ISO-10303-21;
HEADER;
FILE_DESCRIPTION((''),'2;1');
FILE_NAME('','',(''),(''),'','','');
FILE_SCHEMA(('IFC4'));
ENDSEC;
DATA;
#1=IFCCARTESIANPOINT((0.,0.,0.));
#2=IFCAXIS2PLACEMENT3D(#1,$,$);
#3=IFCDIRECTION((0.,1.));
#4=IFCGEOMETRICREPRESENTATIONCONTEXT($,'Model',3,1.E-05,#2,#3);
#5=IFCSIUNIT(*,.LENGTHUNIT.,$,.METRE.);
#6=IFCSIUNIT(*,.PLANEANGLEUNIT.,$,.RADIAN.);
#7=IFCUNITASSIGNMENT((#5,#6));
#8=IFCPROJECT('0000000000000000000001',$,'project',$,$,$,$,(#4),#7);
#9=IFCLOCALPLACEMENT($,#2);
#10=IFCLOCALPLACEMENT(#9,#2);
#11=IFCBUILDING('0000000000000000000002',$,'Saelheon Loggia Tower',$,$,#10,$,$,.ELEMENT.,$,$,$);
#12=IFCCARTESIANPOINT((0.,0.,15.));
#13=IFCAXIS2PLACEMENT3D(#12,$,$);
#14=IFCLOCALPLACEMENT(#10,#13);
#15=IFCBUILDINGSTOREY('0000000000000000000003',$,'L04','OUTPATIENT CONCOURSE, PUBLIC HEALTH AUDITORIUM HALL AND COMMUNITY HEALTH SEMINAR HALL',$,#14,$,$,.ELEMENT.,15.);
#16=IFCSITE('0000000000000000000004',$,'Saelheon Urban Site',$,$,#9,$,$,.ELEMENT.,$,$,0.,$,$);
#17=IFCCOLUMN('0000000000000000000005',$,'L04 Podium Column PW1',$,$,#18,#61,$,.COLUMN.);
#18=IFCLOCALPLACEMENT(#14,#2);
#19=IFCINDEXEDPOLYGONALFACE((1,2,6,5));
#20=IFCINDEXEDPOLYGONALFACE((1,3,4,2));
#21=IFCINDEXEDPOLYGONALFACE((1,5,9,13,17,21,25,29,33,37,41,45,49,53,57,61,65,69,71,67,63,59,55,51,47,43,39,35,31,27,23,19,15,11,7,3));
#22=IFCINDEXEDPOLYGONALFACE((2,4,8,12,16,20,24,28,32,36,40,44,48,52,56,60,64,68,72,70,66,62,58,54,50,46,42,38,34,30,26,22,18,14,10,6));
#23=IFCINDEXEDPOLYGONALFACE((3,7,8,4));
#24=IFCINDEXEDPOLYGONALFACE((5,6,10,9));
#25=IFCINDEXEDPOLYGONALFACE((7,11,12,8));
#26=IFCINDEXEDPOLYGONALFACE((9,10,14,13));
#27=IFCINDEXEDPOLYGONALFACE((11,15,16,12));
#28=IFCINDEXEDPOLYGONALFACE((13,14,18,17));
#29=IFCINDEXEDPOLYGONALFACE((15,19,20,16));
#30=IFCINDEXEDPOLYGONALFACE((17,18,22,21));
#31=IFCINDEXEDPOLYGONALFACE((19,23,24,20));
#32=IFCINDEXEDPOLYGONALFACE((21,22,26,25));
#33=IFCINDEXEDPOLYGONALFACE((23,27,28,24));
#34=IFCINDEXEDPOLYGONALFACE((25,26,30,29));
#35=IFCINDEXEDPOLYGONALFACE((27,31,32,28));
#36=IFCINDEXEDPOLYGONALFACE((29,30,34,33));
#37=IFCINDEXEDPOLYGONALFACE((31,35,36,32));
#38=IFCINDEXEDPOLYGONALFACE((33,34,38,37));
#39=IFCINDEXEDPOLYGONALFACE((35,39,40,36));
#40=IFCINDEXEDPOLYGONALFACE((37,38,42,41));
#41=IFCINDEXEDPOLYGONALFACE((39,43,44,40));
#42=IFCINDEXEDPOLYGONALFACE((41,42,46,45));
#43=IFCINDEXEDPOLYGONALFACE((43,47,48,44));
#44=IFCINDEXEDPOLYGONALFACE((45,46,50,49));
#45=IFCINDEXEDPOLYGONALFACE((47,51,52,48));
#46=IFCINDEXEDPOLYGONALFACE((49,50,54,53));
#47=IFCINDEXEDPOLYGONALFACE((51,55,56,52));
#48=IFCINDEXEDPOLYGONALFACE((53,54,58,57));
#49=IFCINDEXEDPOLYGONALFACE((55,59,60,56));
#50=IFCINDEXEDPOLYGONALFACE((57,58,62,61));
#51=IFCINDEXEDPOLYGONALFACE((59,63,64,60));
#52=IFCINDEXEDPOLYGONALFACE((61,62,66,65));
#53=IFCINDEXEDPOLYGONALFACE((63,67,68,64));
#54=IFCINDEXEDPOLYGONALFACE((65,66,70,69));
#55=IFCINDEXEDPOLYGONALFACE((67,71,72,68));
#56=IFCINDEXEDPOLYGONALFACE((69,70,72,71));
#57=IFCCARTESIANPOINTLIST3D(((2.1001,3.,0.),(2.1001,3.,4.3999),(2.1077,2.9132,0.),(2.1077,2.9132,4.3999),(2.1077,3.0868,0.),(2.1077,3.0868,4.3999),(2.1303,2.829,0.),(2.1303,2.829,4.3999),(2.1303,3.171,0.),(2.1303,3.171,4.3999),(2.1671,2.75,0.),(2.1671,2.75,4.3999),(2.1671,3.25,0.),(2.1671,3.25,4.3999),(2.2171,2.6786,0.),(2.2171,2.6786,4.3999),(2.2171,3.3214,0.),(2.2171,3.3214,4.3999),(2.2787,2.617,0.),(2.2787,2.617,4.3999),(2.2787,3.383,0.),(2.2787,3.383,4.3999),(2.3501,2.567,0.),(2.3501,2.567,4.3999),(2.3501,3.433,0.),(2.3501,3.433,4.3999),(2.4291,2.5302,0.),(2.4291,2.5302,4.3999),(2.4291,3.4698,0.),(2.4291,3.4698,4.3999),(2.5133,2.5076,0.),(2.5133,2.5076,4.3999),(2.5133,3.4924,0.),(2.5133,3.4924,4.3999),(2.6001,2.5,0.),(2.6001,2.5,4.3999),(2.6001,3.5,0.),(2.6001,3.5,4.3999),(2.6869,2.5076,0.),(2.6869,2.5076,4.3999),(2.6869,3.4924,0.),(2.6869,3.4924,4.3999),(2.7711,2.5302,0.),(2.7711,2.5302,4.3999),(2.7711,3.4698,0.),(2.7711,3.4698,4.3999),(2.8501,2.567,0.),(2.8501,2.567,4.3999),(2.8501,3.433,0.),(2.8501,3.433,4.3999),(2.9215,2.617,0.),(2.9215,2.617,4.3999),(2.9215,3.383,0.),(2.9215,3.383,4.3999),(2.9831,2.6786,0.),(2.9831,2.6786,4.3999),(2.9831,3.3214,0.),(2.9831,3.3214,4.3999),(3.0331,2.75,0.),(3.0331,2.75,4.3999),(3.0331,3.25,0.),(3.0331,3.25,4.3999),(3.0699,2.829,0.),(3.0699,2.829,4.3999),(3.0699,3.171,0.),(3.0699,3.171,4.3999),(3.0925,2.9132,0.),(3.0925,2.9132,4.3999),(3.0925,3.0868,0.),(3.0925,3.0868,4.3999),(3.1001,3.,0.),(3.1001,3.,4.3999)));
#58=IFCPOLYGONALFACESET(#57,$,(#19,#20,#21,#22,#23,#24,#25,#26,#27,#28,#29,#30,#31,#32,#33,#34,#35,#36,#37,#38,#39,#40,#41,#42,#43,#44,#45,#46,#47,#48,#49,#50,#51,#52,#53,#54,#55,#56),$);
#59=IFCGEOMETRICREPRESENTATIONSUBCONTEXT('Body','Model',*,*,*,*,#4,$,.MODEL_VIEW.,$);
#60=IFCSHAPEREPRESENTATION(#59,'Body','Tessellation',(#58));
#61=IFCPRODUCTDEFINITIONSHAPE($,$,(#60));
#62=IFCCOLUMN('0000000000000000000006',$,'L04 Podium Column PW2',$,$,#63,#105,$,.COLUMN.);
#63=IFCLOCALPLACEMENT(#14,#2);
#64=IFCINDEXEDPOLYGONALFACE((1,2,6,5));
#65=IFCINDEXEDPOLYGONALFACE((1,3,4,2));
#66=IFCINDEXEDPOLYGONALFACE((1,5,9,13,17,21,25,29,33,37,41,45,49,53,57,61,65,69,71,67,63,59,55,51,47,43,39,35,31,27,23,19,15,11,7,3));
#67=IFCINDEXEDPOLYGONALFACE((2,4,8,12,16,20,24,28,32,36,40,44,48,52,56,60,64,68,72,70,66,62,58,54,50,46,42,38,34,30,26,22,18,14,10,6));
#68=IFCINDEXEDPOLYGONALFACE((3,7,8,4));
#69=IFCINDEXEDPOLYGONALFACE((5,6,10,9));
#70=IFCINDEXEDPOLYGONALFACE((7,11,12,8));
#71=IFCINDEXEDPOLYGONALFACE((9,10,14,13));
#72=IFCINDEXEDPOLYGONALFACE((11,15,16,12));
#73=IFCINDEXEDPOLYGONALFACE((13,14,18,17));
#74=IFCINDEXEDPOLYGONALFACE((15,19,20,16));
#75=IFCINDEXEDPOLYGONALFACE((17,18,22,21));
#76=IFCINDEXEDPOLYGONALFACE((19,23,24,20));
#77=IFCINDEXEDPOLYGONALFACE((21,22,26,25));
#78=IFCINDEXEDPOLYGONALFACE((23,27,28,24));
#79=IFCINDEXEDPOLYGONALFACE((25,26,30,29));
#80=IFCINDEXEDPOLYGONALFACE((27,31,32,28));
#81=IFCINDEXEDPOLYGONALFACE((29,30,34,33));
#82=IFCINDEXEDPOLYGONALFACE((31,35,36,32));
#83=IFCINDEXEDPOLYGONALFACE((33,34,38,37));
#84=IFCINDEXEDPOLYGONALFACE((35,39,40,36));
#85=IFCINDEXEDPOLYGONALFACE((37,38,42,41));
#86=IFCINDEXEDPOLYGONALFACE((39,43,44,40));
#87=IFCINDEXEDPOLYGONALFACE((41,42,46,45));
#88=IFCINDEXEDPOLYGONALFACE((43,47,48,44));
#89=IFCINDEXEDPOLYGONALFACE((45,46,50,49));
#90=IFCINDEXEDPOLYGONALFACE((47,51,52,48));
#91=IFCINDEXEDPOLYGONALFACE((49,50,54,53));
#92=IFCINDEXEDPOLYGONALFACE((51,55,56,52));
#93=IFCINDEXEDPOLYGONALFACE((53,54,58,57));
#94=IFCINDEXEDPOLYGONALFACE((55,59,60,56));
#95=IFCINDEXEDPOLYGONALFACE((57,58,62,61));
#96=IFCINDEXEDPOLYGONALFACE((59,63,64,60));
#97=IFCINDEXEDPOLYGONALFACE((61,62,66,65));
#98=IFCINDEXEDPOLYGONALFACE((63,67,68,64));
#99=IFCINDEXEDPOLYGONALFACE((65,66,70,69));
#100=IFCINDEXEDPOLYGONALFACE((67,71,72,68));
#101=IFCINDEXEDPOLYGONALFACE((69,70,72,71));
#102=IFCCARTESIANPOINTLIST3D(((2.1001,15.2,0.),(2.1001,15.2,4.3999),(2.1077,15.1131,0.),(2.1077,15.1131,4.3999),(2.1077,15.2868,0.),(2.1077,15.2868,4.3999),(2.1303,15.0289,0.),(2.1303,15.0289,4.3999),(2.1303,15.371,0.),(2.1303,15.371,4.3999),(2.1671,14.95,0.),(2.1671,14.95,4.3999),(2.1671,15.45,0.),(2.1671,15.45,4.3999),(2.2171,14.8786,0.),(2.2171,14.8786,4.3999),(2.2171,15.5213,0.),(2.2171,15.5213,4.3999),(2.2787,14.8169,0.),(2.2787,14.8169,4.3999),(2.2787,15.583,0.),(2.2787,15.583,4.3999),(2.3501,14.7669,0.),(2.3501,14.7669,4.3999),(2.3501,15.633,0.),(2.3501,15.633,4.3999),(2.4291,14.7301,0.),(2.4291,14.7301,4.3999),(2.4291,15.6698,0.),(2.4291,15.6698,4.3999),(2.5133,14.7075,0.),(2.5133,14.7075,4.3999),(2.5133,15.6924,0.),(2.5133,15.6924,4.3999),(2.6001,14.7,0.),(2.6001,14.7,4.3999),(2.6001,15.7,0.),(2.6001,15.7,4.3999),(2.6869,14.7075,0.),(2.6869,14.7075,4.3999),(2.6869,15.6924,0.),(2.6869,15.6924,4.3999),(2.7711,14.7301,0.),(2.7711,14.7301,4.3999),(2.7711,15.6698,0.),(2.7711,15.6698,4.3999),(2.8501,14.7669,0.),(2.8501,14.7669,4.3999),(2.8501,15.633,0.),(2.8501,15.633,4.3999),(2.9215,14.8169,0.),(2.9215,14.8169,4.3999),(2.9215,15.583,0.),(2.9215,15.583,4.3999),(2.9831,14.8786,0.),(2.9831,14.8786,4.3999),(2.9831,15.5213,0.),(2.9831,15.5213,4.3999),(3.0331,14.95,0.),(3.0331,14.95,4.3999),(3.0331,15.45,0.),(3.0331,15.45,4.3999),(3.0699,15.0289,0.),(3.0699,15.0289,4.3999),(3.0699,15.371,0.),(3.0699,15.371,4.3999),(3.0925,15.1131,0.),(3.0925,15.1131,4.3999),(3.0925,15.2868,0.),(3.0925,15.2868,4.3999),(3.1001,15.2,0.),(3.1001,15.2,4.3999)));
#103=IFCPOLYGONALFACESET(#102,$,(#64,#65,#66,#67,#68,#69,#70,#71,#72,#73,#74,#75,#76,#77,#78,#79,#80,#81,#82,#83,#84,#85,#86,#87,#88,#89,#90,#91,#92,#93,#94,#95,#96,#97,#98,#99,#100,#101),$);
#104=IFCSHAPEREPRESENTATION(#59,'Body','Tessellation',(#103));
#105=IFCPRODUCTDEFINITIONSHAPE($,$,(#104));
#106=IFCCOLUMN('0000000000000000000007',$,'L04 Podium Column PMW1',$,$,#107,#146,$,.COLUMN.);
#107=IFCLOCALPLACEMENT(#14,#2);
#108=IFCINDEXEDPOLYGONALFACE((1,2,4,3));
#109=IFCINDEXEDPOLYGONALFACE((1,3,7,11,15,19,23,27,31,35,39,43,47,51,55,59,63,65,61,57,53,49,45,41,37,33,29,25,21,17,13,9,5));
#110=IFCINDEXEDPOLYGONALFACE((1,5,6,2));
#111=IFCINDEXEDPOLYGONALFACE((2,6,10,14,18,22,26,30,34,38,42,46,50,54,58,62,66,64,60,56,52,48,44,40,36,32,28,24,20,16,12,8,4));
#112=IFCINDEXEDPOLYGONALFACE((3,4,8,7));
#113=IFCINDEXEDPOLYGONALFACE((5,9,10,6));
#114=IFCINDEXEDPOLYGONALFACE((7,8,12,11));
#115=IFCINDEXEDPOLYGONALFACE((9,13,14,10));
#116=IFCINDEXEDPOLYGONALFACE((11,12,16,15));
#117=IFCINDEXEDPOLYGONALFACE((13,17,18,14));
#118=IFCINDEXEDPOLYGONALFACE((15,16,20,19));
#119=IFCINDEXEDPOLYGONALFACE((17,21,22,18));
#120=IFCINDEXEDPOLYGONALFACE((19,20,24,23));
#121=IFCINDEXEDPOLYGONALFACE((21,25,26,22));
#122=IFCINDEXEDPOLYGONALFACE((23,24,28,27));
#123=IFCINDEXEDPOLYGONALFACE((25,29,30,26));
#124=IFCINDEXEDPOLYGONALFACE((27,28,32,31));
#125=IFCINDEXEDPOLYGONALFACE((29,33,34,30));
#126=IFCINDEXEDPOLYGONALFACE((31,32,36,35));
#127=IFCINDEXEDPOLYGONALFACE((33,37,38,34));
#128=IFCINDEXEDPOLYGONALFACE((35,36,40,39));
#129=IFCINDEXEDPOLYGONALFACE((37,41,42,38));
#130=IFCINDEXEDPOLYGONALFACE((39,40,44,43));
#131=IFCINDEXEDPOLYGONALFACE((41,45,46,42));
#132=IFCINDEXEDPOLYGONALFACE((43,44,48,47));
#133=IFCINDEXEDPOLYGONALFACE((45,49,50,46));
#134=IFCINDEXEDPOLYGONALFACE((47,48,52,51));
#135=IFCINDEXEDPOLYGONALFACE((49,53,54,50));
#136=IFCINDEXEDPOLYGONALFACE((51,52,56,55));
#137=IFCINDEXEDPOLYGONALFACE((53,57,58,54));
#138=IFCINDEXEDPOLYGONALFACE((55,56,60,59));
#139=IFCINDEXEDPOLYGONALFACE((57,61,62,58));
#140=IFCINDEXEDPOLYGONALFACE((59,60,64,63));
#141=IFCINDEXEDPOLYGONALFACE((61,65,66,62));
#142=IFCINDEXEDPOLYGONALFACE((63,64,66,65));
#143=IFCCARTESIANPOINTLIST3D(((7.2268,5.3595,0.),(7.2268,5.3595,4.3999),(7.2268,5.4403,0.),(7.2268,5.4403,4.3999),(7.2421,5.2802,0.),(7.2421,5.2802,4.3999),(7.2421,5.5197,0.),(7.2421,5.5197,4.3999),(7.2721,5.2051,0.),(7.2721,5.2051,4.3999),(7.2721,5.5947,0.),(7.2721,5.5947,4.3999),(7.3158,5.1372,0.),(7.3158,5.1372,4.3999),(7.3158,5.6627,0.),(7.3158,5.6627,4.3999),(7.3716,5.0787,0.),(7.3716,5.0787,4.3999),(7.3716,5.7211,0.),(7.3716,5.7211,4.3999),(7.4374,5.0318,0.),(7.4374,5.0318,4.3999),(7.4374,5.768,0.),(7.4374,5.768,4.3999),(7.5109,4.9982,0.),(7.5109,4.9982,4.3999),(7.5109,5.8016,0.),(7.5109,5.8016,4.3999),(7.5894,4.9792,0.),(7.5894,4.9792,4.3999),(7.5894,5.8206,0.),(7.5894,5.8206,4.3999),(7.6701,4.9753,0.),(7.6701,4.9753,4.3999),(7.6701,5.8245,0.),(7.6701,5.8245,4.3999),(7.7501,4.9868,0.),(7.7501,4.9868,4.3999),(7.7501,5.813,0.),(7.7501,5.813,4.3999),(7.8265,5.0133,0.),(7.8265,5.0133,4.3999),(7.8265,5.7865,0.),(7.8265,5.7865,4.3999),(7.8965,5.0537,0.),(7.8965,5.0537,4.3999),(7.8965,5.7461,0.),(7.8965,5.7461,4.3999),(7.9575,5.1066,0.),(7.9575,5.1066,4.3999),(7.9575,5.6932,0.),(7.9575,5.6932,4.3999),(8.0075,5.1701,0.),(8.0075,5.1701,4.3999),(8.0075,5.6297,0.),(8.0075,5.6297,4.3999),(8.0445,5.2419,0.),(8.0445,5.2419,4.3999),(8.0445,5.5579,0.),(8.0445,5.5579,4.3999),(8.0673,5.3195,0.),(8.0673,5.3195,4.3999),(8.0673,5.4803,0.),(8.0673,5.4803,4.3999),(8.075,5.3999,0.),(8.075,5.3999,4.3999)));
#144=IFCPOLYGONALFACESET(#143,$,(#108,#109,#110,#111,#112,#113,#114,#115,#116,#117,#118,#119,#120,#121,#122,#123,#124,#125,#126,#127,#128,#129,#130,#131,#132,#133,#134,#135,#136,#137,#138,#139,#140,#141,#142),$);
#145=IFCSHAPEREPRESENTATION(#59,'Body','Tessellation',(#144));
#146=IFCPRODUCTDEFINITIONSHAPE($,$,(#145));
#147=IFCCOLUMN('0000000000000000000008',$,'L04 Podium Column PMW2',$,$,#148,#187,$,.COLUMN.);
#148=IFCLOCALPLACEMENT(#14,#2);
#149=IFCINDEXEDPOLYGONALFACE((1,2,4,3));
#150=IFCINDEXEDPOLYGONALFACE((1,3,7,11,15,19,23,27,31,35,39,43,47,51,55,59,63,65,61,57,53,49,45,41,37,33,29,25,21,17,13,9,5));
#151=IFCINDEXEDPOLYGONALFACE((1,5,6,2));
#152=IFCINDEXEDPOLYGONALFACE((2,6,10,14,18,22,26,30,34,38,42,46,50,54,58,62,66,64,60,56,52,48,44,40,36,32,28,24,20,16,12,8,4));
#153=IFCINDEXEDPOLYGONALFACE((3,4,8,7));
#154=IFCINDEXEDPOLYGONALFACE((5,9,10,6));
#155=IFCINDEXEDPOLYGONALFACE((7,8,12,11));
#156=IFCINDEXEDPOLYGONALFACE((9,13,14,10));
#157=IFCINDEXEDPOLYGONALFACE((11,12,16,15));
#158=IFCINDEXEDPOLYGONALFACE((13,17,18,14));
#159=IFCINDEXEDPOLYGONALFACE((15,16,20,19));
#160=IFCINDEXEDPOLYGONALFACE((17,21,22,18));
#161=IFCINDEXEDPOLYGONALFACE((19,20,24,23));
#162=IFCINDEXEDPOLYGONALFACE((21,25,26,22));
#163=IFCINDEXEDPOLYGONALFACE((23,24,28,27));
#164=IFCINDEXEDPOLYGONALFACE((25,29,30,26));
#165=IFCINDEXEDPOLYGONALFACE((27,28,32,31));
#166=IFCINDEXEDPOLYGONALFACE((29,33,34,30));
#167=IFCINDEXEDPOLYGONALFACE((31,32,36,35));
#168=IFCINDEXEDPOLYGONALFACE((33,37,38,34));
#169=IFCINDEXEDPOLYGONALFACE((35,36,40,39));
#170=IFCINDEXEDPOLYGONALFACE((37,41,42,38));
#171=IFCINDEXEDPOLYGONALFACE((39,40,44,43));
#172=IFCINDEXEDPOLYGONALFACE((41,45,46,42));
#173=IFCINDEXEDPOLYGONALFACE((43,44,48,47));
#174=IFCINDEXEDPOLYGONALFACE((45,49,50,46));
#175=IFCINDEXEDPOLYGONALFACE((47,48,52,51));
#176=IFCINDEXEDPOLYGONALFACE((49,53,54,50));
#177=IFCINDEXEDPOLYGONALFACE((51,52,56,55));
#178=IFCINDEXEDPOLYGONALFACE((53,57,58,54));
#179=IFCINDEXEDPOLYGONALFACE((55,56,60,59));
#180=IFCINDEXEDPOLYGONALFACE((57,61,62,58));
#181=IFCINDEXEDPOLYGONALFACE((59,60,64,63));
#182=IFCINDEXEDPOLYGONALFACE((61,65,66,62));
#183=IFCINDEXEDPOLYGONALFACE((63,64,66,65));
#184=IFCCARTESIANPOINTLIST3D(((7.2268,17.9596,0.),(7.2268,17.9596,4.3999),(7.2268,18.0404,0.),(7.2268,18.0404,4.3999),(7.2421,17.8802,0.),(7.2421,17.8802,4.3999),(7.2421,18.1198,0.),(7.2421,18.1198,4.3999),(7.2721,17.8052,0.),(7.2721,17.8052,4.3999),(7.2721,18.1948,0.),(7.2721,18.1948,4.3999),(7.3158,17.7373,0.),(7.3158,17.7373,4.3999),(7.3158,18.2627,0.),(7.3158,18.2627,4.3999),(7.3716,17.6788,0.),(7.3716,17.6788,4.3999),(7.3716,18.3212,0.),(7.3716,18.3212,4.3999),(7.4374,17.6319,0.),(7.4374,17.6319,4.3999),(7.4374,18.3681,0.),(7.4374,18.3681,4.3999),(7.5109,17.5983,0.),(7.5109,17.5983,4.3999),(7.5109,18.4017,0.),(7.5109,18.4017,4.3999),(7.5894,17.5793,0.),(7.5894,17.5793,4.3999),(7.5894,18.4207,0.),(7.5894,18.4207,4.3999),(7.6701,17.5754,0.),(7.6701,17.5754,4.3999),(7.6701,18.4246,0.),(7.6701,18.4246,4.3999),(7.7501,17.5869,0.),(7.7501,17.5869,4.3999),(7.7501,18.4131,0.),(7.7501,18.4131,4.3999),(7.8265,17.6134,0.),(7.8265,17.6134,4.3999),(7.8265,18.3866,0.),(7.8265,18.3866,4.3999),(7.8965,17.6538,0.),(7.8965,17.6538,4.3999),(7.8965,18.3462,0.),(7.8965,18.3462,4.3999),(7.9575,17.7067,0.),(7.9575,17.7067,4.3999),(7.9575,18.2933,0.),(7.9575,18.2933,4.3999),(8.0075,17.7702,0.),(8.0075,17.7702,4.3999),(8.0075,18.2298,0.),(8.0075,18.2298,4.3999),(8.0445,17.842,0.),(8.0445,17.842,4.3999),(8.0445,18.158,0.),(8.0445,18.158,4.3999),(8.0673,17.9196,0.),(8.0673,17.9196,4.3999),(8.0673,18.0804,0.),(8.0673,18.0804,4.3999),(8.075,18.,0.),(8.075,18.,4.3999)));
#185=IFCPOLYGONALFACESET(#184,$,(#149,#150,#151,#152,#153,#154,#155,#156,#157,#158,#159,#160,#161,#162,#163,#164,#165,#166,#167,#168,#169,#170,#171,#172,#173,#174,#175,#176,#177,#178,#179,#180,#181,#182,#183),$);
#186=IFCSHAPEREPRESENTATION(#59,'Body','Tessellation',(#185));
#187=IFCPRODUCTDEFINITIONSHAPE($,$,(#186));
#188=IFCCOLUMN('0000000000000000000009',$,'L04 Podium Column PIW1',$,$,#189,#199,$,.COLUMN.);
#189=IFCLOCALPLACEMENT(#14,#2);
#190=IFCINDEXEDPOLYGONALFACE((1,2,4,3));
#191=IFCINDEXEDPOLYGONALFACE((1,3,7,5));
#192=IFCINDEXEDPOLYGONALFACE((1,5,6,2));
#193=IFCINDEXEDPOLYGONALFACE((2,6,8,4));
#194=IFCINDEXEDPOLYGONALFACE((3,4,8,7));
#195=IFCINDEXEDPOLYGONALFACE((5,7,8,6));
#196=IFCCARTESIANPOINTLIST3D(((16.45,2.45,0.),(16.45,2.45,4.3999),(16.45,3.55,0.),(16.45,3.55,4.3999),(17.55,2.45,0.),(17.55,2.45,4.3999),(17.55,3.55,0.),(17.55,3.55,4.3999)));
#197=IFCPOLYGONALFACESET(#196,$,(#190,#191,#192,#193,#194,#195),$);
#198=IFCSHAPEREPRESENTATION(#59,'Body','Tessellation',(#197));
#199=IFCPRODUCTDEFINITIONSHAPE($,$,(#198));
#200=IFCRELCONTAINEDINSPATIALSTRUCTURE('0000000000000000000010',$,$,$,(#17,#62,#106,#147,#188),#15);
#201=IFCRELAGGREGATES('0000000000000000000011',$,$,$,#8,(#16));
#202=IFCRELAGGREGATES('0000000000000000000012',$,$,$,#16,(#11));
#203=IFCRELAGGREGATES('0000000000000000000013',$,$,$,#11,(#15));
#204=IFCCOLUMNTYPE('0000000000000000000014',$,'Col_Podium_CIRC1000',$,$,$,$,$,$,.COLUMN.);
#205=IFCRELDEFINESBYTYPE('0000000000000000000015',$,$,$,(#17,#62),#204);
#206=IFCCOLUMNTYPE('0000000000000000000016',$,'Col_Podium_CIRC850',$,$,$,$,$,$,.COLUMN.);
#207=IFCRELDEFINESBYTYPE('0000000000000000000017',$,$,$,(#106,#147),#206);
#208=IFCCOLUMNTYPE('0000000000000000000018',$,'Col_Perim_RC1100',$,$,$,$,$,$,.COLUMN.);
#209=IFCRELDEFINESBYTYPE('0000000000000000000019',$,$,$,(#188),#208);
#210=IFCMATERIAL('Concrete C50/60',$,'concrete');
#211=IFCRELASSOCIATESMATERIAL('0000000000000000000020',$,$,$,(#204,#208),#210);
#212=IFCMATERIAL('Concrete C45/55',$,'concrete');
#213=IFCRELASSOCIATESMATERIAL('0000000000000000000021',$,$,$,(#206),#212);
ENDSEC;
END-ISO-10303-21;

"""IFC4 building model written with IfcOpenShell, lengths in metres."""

from ifc_helpers import new_model, si_unit, direction, frame, origin, origin_2d, place, context, subcontext, project, spatial, rectangle, circle, extrude, source, transform, mapped, material, material_profile, profile_set, type_object, element, save


model = new_model("IFC4")

# Units and contexts
model_context = context("Model", 3, precision=1e-05, world=origin(), true_north=direction((0.0, 1.0)))
body_context = subcontext(model_context, "Body", "Model", "MODEL_VIEW")
ifc_project = project(units=[si_unit("LENGTHUNIT", "METRE"), si_unit("PLANEANGLEUNIT", "RADIAN")], contexts=[model_context])

# Site, building, storey
site_placement = place(None, origin())
site = spatial("IfcSite", under=ifc_project, at=site_placement, Name="Saelheon Urban Site", CompositionType="ELEMENT", RefElevation=0.0)
building_placement = place(site_placement, origin())
building = spatial("IfcBuilding", under=site, at=building_placement, Name="Saelheon Loggia Tower", CompositionType="ELEMENT")
storey_placement = place(building_placement, frame((0.0, 0.0, 15.0)))
storey = spatial("IfcBuildingStorey", under=building, at=storey_placement, Name="L04", Description="OUTPATIENT CONCOURSE, PUBLIC HEALTH AUDITORIUM HALL AND COMMUNITY HEALTH SEMINAR HALL", CompositionType="ELEMENT", Elevation=15.0)

# Columns
ifc_material_1 = material(Name="Concrete C50/60", Category="concrete")
ifc_material_profile_1 = material_profile(ifc_material_1, circle(Radius=0.5, at=origin_2d()), Name="CIRC-1000")
ifc_profile_set_1 = profile_set([ifc_material_profile_1], Name="Concrete C50/60")
column_type_1 = type_object("IfcColumnType", Name="Col_Podium_CIRC1000", PredefinedType="COLUMN", material=ifc_profile_set_1)
shared_shape_1 = source(origin(), body_context, "Body", "SweptSolid", [
    extrude(circle(Radius=0.5, at=origin_2d()), origin(), (0.0, 0.0, 1.0), 4.3999),
])
for number, where, z_axis, x_axis, name in (
    (1, (2.6001, 3.0, 0.0), (0.0, 0.0, 1.0), (1.0, 0.0, 0.0), "L04 Podium Column PW1"),
    (2, (2.6001, 15.2, 0.0), (0.0, 0.0, 1.0), (1.0, 0.0, 0.0), "L04 Podium Column PW2"),
):
    element("IfcColumn", number, at=place(storey_placement, frame(where, z_axis=z_axis, x_axis=x_axis)), inside=storey, type_object=column_type_1, Name=name, PredefinedType="COLUMN", context=body_context, shape_type="MappedRepresentation", body=[
        mapped(shared_shape_1, transform((0.0, 0.0, 0.0), scale=1.0)),
    ])
ifc_material_2 = material(Name="Concrete C45/55", Category="concrete")
ifc_material_profile_2 = material_profile(ifc_material_2, circle(Radius=0.425, at=origin_2d()), Name="CIRC-850")
ifc_profile_set_2 = profile_set([ifc_material_profile_2], Name="Concrete C45/55")
column_type_2 = type_object("IfcColumnType", Name="Col_Podium_CIRC850", PredefinedType="COLUMN", material=ifc_profile_set_2)
shared_shape_2 = source(origin(), body_context, "Body", "SweptSolid", [
    extrude(circle(Radius=0.425, at=origin_2d()), origin(), (0.0, 0.0, 1.0), 4.3999),
])
for number, where, z_axis, x_axis, name in (
    (3, (7.6499, 5.3999, 0.0), (0.0, 0.0, 1.0), (1.0, 0.0, 0.0), "L04 Podium Column PMW1"),
    (4, (7.6499, 18.0, 0.0), (0.0, 0.0, 1.0), (1.0, 0.0, 0.0), "L04 Podium Column PMW2"),
):
    element("IfcColumn", number, at=place(storey_placement, frame(where, z_axis=z_axis, x_axis=x_axis)), inside=storey, type_object=column_type_2, Name=name, PredefinedType="COLUMN", context=body_context, shape_type="MappedRepresentation", body=[
        mapped(shared_shape_2, transform((0.0, 0.0, 0.0), scale=1.0)),
    ])
ifc_material_profile_3 = material_profile(ifc_material_1, rectangle(XDim=1.1001, YDim=1.1001, at=origin_2d()), Name="RC-1100x1100")
ifc_profile_set_3 = profile_set([ifc_material_profile_3], Name="Concrete C50/60")
column_type_3 = type_object("IfcColumnType", Name="Col_Perim_RC1100", PredefinedType="COLUMN", material=ifc_profile_set_3)
shared_shape_3 = source(origin(), body_context, "Body", "SweptSolid", [
    extrude(rectangle(XDim=1.1001, YDim=1.1001, at=origin_2d()), origin(), (0.0, 0.0, 1.0), 4.3999),
])
for number, where, z_axis, x_axis, name in (
    (5, (17.0, 3.0, 0.0), (0.0, 0.0, 1.0), (1.0, 0.0, 0.0), "L04 Podium Column PIW1"),
):
    element("IfcColumn", number, at=place(storey_placement, frame(where, z_axis=z_axis, x_axis=x_axis)), inside=storey, type_object=column_type_3, Name=name, PredefinedType="COLUMN", context=body_context, shape_type="MappedRepresentation", body=[
        mapped(shared_shape_3, transform((0.0, 0.0, 0.0), scale=1.0)),
    ])

save(model, "model.ifc")
